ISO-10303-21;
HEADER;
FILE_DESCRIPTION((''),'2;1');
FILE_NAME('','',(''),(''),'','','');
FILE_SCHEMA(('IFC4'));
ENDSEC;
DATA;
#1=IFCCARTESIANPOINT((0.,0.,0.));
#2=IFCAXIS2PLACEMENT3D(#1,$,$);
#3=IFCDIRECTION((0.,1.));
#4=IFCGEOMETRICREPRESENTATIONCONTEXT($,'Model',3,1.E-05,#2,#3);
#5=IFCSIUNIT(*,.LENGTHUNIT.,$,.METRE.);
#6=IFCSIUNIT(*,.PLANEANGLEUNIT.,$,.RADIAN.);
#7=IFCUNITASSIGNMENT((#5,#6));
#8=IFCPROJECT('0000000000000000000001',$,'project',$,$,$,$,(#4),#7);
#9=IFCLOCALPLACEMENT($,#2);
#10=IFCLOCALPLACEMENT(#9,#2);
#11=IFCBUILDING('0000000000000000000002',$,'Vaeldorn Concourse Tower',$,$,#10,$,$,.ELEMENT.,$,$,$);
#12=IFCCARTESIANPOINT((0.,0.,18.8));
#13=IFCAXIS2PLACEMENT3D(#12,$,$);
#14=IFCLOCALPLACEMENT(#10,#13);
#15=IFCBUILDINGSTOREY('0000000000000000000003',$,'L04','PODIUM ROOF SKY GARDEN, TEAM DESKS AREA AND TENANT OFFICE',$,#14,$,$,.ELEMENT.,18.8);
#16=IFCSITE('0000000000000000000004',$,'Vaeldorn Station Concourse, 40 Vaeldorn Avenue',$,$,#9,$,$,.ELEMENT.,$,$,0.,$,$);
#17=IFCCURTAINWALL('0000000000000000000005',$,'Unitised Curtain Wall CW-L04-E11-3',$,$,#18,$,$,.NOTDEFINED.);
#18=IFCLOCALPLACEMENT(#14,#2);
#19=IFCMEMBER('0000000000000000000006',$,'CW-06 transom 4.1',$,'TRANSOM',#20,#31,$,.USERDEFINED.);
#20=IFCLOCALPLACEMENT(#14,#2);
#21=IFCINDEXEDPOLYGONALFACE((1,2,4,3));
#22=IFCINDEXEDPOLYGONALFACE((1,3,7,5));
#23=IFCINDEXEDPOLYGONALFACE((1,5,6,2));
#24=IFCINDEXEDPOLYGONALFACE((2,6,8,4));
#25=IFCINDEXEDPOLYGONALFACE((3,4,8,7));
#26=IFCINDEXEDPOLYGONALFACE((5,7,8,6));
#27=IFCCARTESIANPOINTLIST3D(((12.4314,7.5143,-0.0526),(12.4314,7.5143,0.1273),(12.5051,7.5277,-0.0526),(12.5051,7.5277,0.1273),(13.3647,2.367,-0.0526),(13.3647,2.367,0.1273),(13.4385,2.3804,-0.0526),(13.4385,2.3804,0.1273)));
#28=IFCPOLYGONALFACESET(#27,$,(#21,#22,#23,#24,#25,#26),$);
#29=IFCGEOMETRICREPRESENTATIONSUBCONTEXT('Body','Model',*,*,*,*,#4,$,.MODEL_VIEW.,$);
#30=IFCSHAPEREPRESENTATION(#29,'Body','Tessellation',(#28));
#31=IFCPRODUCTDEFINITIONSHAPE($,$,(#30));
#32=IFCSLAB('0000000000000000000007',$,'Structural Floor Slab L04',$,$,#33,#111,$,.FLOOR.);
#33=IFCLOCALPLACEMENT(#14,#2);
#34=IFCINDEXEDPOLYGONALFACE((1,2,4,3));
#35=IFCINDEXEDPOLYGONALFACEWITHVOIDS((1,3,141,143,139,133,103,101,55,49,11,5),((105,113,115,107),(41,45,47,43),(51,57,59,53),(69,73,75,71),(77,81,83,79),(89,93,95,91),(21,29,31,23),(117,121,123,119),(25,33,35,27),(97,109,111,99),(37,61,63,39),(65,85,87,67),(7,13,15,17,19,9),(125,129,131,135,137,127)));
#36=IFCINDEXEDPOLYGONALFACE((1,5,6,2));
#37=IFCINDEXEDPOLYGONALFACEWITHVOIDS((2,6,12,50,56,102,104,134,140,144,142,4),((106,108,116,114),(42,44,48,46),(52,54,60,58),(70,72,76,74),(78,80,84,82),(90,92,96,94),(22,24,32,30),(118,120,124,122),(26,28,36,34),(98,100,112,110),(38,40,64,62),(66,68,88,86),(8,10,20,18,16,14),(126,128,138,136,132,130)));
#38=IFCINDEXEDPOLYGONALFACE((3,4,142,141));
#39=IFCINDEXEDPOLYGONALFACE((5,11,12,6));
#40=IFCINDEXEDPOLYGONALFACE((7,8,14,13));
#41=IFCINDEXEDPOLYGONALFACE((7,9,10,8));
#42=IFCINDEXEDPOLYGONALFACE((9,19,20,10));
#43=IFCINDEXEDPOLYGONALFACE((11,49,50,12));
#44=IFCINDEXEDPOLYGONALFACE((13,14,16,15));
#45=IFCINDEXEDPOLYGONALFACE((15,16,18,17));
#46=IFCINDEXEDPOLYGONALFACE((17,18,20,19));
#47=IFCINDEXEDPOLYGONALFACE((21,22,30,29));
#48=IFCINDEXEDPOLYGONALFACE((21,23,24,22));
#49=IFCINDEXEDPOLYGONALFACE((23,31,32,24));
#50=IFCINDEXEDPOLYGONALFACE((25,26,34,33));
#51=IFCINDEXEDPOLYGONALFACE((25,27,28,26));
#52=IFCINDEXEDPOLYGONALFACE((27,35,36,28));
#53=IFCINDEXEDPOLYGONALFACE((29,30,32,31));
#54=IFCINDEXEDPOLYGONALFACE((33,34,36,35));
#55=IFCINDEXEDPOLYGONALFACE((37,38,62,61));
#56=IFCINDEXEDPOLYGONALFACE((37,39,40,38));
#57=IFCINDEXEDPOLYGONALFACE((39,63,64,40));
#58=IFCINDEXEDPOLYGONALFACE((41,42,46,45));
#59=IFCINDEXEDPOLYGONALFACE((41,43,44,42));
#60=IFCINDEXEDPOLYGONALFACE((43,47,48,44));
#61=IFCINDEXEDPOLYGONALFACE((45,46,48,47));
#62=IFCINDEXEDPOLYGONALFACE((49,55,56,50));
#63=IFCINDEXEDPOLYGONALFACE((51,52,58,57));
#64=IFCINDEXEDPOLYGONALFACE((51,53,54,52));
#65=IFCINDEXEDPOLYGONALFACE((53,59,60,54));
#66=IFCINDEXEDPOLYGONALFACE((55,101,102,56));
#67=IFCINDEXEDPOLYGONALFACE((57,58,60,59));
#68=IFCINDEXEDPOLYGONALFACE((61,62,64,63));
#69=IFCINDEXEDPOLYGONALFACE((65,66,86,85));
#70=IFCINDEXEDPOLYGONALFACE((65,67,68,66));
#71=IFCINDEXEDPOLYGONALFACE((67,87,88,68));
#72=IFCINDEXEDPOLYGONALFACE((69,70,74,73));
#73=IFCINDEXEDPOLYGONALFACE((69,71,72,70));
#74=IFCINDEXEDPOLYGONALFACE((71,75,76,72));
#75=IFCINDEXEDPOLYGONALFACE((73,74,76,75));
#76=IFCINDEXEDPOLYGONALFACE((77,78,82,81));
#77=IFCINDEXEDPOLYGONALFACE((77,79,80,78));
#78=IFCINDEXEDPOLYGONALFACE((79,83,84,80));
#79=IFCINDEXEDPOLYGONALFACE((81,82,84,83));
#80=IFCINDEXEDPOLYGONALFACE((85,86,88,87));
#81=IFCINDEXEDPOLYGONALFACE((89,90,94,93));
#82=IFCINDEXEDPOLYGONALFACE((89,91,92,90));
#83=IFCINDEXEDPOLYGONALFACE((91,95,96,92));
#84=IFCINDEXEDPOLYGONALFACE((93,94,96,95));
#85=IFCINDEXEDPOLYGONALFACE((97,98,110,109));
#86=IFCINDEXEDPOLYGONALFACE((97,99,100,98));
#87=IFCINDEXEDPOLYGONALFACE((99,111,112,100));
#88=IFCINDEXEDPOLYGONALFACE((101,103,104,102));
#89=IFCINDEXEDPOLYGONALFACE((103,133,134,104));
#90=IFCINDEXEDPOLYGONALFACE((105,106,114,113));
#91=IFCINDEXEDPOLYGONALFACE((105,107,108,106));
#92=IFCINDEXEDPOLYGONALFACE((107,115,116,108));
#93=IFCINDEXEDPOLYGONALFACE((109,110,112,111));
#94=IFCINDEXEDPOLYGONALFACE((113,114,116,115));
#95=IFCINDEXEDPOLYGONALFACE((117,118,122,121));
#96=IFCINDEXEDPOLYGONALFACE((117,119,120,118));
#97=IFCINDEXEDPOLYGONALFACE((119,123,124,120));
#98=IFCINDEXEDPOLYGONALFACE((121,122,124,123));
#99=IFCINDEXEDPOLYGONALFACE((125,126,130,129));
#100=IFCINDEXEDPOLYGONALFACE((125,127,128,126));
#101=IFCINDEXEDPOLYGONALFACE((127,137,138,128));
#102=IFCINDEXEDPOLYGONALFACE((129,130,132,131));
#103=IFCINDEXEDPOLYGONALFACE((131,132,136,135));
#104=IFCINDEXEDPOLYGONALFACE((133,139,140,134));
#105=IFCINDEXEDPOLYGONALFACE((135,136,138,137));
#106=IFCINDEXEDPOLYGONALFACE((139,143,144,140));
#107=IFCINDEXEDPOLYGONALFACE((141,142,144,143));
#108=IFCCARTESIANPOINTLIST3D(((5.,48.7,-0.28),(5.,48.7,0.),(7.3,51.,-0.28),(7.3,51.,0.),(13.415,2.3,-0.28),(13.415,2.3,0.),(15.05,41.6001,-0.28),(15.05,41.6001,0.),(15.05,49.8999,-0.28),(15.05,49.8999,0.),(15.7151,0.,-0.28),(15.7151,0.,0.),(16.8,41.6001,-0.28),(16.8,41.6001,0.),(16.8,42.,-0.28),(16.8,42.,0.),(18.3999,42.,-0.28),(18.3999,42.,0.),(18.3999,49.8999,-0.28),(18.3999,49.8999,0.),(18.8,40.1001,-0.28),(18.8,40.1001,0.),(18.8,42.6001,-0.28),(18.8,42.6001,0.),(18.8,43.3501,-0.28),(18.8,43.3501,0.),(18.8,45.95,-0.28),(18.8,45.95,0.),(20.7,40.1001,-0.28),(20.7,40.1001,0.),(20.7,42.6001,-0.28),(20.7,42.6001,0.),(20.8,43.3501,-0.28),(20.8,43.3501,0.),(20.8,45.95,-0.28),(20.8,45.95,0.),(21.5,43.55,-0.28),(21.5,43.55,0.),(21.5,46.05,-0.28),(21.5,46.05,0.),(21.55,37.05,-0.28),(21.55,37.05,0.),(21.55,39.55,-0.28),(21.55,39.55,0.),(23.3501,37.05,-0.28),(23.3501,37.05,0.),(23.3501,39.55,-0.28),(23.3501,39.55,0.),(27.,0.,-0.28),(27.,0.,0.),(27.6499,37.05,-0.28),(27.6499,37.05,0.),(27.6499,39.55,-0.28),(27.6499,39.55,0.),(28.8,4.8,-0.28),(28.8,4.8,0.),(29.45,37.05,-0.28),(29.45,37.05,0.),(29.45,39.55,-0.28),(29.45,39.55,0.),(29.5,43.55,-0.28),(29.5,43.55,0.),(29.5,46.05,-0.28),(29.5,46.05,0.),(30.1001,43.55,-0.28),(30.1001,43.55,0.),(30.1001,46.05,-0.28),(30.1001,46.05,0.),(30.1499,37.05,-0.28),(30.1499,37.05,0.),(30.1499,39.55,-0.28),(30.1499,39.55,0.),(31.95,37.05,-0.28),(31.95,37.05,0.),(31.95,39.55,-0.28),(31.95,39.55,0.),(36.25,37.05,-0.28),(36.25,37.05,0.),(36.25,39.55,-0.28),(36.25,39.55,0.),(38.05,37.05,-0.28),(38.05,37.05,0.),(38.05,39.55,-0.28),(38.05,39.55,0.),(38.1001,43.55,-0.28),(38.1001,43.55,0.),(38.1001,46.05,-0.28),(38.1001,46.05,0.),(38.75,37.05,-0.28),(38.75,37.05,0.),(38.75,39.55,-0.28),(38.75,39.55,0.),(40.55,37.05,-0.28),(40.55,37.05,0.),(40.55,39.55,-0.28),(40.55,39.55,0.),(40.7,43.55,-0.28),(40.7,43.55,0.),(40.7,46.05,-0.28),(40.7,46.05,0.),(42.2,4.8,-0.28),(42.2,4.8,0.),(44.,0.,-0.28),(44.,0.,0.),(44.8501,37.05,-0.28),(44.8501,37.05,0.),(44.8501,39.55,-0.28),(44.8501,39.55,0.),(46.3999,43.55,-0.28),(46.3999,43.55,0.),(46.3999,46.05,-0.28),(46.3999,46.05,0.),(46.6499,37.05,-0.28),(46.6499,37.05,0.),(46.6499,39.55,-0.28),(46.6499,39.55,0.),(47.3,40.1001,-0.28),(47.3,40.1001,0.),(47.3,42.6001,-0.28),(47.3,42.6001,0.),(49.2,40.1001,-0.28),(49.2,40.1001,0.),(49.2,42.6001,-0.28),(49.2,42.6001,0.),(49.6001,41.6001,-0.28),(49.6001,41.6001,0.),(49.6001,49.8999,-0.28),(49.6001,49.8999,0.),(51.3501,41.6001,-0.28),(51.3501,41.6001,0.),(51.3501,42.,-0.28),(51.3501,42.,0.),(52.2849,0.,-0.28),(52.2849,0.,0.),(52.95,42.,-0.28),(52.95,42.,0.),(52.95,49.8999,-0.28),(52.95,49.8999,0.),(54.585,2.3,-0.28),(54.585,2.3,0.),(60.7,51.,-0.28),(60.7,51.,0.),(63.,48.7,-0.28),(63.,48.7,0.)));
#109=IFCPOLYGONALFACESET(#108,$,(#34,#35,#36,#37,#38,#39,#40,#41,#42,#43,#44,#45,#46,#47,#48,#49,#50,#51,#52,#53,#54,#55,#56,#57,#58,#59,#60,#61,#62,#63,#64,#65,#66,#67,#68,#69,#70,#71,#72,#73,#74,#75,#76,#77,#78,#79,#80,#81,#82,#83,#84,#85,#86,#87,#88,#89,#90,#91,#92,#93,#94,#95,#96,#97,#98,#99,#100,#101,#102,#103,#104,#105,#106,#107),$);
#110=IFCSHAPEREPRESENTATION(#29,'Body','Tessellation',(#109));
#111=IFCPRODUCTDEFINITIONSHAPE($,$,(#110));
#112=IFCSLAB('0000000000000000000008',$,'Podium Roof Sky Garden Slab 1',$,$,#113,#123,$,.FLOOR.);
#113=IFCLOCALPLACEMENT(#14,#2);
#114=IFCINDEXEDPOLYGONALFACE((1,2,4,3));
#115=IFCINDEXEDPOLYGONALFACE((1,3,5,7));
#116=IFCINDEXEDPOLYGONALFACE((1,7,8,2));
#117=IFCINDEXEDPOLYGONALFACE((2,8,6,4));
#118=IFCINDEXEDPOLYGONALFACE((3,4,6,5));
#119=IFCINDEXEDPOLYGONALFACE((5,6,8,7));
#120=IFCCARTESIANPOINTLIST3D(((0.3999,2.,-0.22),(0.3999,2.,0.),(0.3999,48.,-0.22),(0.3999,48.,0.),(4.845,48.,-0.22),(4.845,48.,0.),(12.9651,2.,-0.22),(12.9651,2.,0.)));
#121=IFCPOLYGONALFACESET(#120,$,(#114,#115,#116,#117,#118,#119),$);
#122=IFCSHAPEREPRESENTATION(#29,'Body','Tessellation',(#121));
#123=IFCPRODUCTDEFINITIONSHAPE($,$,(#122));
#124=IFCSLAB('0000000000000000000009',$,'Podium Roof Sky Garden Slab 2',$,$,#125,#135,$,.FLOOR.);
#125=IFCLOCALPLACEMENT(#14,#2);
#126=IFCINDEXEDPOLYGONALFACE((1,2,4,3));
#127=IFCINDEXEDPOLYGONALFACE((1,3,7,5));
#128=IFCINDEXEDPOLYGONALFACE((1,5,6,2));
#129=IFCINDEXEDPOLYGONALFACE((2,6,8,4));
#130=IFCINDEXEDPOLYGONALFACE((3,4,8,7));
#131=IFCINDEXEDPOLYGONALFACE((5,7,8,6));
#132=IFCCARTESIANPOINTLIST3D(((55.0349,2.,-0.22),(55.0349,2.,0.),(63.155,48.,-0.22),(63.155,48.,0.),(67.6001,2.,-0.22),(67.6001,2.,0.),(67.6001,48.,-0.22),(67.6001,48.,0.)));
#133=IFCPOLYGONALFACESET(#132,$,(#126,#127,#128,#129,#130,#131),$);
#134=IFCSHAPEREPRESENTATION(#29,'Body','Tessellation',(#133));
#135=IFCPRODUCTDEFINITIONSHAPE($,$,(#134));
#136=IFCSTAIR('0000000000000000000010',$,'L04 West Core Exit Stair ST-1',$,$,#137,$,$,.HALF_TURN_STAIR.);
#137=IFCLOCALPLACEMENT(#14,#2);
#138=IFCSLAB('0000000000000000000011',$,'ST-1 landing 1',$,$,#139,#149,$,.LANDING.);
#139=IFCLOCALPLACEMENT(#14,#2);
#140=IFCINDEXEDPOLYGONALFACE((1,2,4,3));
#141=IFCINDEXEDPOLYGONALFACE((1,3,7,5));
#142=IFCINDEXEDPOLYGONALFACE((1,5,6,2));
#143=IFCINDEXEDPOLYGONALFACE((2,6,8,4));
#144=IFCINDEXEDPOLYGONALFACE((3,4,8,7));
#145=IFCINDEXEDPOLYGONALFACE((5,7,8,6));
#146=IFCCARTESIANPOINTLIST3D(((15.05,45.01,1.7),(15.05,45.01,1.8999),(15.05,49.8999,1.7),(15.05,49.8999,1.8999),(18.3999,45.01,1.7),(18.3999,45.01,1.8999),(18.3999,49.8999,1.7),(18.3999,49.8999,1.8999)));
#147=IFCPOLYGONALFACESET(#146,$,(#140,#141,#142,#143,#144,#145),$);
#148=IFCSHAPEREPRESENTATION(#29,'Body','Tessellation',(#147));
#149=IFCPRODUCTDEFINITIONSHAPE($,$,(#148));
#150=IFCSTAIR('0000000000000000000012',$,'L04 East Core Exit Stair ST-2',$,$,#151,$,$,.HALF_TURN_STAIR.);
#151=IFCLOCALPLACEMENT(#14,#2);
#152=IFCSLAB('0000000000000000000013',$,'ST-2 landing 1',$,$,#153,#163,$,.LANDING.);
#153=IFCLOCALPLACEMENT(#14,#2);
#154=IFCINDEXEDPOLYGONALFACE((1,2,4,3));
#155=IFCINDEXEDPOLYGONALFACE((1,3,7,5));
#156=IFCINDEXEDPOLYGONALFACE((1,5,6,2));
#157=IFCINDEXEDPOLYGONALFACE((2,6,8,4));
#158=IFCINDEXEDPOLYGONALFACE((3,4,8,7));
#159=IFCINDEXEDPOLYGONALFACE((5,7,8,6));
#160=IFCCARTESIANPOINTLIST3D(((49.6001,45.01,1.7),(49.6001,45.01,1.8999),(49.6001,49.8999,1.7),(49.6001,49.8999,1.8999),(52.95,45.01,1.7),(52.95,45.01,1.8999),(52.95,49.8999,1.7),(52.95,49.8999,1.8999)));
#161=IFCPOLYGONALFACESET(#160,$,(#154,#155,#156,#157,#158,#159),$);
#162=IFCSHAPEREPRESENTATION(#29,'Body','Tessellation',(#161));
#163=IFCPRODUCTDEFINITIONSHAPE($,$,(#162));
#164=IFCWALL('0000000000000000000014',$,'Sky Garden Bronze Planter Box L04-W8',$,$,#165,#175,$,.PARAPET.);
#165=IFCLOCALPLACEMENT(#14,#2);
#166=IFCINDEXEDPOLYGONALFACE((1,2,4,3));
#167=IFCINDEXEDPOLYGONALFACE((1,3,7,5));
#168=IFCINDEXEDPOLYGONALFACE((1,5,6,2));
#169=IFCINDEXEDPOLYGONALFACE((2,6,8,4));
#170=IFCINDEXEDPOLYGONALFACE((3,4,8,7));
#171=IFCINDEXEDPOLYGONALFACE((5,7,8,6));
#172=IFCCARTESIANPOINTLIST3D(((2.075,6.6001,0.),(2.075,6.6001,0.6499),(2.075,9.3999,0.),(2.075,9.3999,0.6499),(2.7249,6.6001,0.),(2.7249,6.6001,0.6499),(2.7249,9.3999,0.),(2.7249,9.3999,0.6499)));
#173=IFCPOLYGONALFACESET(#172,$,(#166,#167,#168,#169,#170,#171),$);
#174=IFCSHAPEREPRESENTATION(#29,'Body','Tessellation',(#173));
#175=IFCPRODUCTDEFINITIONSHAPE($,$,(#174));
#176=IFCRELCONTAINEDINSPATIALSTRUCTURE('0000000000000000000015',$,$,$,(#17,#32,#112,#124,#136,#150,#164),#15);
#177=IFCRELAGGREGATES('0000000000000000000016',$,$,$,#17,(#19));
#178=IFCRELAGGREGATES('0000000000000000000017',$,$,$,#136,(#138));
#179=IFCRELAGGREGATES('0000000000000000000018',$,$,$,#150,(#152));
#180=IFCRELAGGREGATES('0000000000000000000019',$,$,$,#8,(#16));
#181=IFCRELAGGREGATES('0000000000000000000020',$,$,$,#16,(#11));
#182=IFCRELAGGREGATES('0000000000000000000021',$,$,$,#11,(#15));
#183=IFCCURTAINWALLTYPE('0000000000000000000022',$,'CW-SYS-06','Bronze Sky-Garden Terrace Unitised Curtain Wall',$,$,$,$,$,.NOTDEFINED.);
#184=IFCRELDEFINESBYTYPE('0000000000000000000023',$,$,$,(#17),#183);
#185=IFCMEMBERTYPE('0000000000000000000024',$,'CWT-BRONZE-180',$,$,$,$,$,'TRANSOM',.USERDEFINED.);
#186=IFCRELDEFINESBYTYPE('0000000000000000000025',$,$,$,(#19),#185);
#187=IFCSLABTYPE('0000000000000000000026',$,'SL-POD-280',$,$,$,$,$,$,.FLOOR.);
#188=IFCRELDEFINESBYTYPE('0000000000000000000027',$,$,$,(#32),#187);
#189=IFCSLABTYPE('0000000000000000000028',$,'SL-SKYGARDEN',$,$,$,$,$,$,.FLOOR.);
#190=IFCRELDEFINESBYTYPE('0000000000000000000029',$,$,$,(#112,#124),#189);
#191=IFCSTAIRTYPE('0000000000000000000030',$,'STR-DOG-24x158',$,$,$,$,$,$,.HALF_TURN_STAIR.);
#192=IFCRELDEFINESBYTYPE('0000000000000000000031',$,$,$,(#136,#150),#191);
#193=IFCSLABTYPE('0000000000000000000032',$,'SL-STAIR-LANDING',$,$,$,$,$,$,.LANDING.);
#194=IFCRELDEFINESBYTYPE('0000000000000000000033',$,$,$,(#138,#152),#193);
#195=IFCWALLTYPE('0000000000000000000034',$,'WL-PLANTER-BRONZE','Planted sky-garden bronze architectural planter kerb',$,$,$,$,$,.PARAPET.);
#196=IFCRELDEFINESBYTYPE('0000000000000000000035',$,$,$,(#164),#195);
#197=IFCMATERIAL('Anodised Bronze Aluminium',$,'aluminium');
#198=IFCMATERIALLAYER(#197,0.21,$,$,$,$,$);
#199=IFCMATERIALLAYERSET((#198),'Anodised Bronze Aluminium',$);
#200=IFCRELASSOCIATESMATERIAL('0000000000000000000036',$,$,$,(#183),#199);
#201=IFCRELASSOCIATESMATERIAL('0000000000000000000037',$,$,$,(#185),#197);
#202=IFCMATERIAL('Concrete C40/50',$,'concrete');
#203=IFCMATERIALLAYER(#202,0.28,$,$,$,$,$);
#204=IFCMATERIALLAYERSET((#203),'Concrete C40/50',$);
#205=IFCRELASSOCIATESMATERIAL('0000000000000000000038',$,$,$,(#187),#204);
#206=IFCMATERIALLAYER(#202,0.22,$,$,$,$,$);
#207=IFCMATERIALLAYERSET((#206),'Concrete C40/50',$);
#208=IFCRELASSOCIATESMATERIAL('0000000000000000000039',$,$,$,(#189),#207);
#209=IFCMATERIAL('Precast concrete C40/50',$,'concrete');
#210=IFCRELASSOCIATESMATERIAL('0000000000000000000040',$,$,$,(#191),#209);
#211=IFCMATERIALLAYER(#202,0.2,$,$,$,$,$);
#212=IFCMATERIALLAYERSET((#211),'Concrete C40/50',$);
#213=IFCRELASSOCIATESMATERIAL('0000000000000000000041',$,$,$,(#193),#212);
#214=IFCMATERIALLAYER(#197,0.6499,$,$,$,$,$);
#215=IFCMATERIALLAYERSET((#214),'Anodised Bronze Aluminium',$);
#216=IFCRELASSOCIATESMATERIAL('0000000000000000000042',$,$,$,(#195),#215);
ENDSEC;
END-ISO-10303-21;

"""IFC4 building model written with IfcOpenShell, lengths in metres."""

from ifc_helpers import new_model, si_unit, direction, frame, frame_2d, origin, origin_2d, place, context, subcontext, project, spatial, polyline, rectangle, outline, extrude, source, transform, mapped, material, layer, layer_set, material_profile, profile_set, type_object, element, aggregate, save


model = new_model("IFC4")

# Units and contexts
model_context = context("Model", 3, precision=1e-05, world=origin(), true_north=direction((0.0, 1.0)))
body_context = subcontext(model_context, "Body", "Model", "MODEL_VIEW")
ifc_project = project(units=[si_unit("LENGTHUNIT", "METRE"), si_unit("PLANEANGLEUNIT", "RADIAN")], contexts=[model_context])

# Site, building, storey
site_placement = place(None, origin())
site = spatial("IfcSite", under=ifc_project, at=site_placement, Name="Vaeldorn Station Concourse, 40 Vaeldorn Avenue", CompositionType="ELEMENT", RefElevation=0.0)
building_placement = place(site_placement, origin())
building = spatial("IfcBuilding", under=site, at=building_placement, Name="Vaeldorn Concourse Tower", CompositionType="ELEMENT")
storey_placement = place(building_placement, frame((0.0, 0.0, 18.8)))
storey = spatial("IfcBuildingStorey", under=building, at=storey_placement, Name="L04", Description="PODIUM ROOF SKY GARDEN, TEAM DESKS AREA AND TENANT OFFICE", CompositionType="ELEMENT", Elevation=18.8)

# Curtain wall, member
ifc_material_1 = material(Name="Anodised Bronze Aluminium", Category="aluminium")
ifc_layer_1 = layer(ifc_material_1, 0.21)
ifc_layer_set_1 = layer_set([ifc_layer_1], Name="Anodised Bronze Aluminium")
curtain_wall_type = type_object("IfcCurtainWallType", Name="CW-SYS-06", Description="Bronze Sky-Garden Terrace Unitised Curtain Wall", PredefinedType="NOTDEFINED", material=ifc_layer_set_1)
curtain_wall_placement = place(storey_placement, origin())
curtain_wall = element("IfcCurtainWall", 1, at=curtain_wall_placement, inside=storey, type_object=curtain_wall_type, Name="Unitised Curtain Wall CW-L04-E11-3", PredefinedType="NOTDEFINED")
ifc_material_profile = material_profile(ifc_material_1, rectangle(XDim=0.075, YDim=0.1799, at=origin_2d()), Name="CWT 75x180")
ifc_profile_set = profile_set([ifc_material_profile], Name="Anodised Bronze Aluminium")
member_type = type_object("IfcMemberType", Name="CWT-BRONZE-180", ElementType="TRANSOM", PredefinedType="USERDEFINED", material=ifc_profile_set)
shared_shape = source(origin(), body_context, "Body", "SweptSolid", [
    extrude(rectangle(XDim=0.075, YDim=0.1799, at=origin_2d()), origin(), (0.0, 0.0, 1.0), 5.2312),
])
member_placement = place(storey_placement, frame((12.4683, 7.521, 0.0374), z_axis=(0.178421, -0.983954, 0.0), x_axis=(0.983954, 0.178421, 0.0)))
member = element("IfcMember", 2, at=member_placement, type_object=member_type, Name="CW-06 transom 4.1", ObjectType="TRANSOM", PredefinedType="USERDEFINED", context=body_context, shape_type="MappedRepresentation", body=[
    mapped(shared_shape, transform((0.0, 0.0, 0.0), scale=1.0)),
])
aggregate(curtain_wall, [member])

# Slabs
ifc_material_2 = material(Name="Concrete C40/50", Category="concrete")
ifc_layer_2 = layer(ifc_material_2, 0.28)
ifc_layer_set_2 = layer_set([ifc_layer_2], Name="Concrete C40/50")
slab_type_1 = type_object("IfcSlabType", Name="SL-POD-280", PredefinedType="FLOOR", material=ifc_layer_set_2)
slab_1_placement = place(storey_placement, frame((0.0, 0.0, -0.28)))
element("IfcSlab", 3, at=slab_1_placement, inside=storey, type_object=slab_type_1, Name="Structural Floor Slab L04", PredefinedType="FLOOR", context=body_context, shape_type="SweptSolid", body=[
    extrude(outline(polyline([(15.7151, 0.0), (27.0, 0.0), (28.8, 4.8), (42.2, 4.8), (44.0, 0.0), (52.2849, 0.0), (54.585, 2.3), (63.0, 48.7), (60.7, 51.0), (7.3, 51.0), (5.0, 48.7), (13.415, 2.3), (15.7151, 0.0)]), holes=[polyline([(18.3999, 42.0), (18.3999, 49.8999), (15.05, 49.8999), (15.05, 41.6001), (16.8, 41.6001), (16.8, 42.0), (18.3999, 42.0)]), polyline([(52.95, 42.0), (52.95, 49.8999), (49.6001, 49.8999), (49.6001, 41.6001), (51.3501, 41.6001), (51.3501, 42.0), (52.95, 42.0)]), polyline([(21.55, 37.05), (23.3501, 37.05), (23.3501, 39.55), (21.55, 39.55), (21.55, 37.05)]), polyline([(27.6499, 37.05), (29.45, 37.05), (29.45, 39.55), (27.6499, 39.55), (27.6499, 37.05)]), polyline([(21.5, 43.55), (29.5, 43.55), (29.5, 46.05), (21.5, 46.05), (21.5, 43.55)]), polyline([(30.1499, 37.05), (31.95, 37.05), (31.95, 39.55), (30.1499, 39.55), (30.1499, 37.05)]), polyline([(36.25, 37.05), (38.05, 37.05), (38.05, 39.55), (36.25, 39.55), (36.25, 37.05)]), polyline([(30.1001, 43.55), (38.1001, 43.55), (38.1001, 46.05), (30.1001, 46.05), (30.1001, 43.55)]), polyline([(38.75, 37.05), (40.55, 37.05), (40.55, 39.55), (38.75, 39.55), (38.75, 37.05)]), polyline([(44.8501, 37.05), (46.6499, 37.05), (46.6499, 39.55), (44.8501, 39.55), (44.8501, 37.05)]), polyline([(40.7, 43.55), (46.3999, 43.55), (46.3999, 46.05), (40.7, 46.05), (40.7, 43.55)]), polyline([(18.8, 43.3501), (20.8, 43.3501), (20.8, 45.95), (18.8, 45.95), (18.8, 43.3501)]), polyline([(18.8, 40.1001), (20.7, 40.1001), (20.7, 42.6001), (18.8, 42.6001), (18.8, 40.1001)]), polyline([(47.3, 40.1001), (49.2, 40.1001), (49.2, 42.6001), (47.3, 42.6001), (47.3, 40.1001)])]), origin(), (0.0, 0.0, 1.0), 0.28),
])
ifc_layer_3 = layer(ifc_material_2, 0.22)
ifc_layer_set_3 = layer_set([ifc_layer_3], Name="Concrete C40/50")
slab_type_2 = type_object("IfcSlabType", Name="SL-SKYGARDEN", PredefinedType="FLOOR", material=ifc_layer_set_3)
slab_2_placement = place(storey_placement, frame((0.0, 0.0, -0.22)))
element("IfcSlab", 4, at=slab_2_placement, inside=storey, type_object=slab_type_2, Name="Podium Roof Sky Garden Slab 1", PredefinedType="FLOOR", context=body_context, shape_type="SweptSolid", body=[
    extrude(outline(polyline([(0.3999, 2.0), (12.9651, 2.0), (4.845, 48.0), (0.3999, 48.0), (0.3999, 2.0)])), origin(), (0.0, 0.0, 1.0), 0.22),
])
slab_3_placement = place(storey_placement, frame((0.0, 0.0, -0.22)))
element("IfcSlab", 5, at=slab_3_placement, inside=storey, type_object=slab_type_2, Name="Podium Roof Sky Garden Slab 2", PredefinedType="FLOOR", context=body_context, shape_type="SweptSolid", body=[
    extrude(outline(polyline([(55.0349, 2.0), (67.6001, 2.0), (67.6001, 48.0), (63.155, 48.0), (55.0349, 2.0)])), origin(), (0.0, 0.0, 1.0), 0.22),
])

# Stairs, slabs
ifc_material_3 = material(Name="Precast concrete C40/50", Category="concrete")
stair_type = type_object("IfcStairType", Name="STR-DOG-24x158", PredefinedType="HALF_TURN_STAIR", material=ifc_material_3)
stair_1_placement = place(storey_placement, origin())
stair_1 = element("IfcStair", 6, at=stair_1_placement, inside=storey, type_object=stair_type, Name="L04 West Core Exit Stair ST-1", PredefinedType="HALF_TURN_STAIR")
ifc_layer_4 = layer(ifc_material_2, 0.2)
ifc_layer_set_4 = layer_set([ifc_layer_4], Name="Concrete C40/50")
slab_type_3 = type_object("IfcSlabType", Name="SL-STAIR-LANDING", PredefinedType="LANDING", material=ifc_layer_set_4)
slab_4_placement = place(storey_placement, frame((0.0, 0.0, 1.7)))
slab_4 = element("IfcSlab", 7, at=slab_4_placement, type_object=slab_type_3, Name="ST-1 landing 1", PredefinedType="LANDING", context=body_context, shape_type="SweptSolid", body=[
    extrude(outline(polyline([(18.3999, 45.01), (18.3999, 49.8999), (15.05, 49.8999), (15.05, 45.01), (18.3999, 45.01)])), origin(), (0.0, 0.0, 1.0), 0.2),
])
aggregate(stair_1, [slab_4])
stair_2_placement = place(storey_placement, origin())
stair_2 = element("IfcStair", 8, at=stair_2_placement, inside=storey, type_object=stair_type, Name="L04 East Core Exit Stair ST-2", PredefinedType="HALF_TURN_STAIR")
slab_5_placement = place(storey_placement, frame((0.0, 0.0, 1.7)))
slab_5 = element("IfcSlab", 9, at=slab_5_placement, type_object=slab_type_3, Name="ST-2 landing 1", PredefinedType="LANDING", context=body_context, shape_type="SweptSolid", body=[
    extrude(outline(polyline([(52.95, 45.01), (52.95, 49.8999), (49.6001, 49.8999), (49.6001, 45.01), (52.95, 45.01)])), origin(), (0.0, 0.0, 1.0), 0.2),
])
aggregate(stair_2, [slab_5])

# Wall
ifc_layer_5 = layer(ifc_material_1, 0.6499)
ifc_layer_set_5 = layer_set([ifc_layer_5], Name="Anodised Bronze Aluminium")
wall_type = type_object("IfcWallType", Name="WL-PLANTER-BRONZE", Description="Planted sky-garden bronze architectural planter kerb", PredefinedType="PARAPET", material=ifc_layer_set_5)
wall_placement = place(storey_placement, frame((2.3999, 6.6001, 0.0), z_axis=(0.0, 0.0, 1.0), x_axis=(0.0, 1.0, 0.0)))
element("IfcWall", 10, at=wall_placement, inside=storey, type_object=wall_type, Name="Sky Garden Bronze Planter Box L04-W8", PredefinedType="PARAPET", context=body_context, shape_type="SweptSolid", body=[
    extrude(rectangle(XDim=2.7998, YDim=0.6499, at=frame_2d((1.3999, 0.0))), origin(), (0.0, 0.0, 1.0), 0.6499),
])

save(model, "model.ifc")
